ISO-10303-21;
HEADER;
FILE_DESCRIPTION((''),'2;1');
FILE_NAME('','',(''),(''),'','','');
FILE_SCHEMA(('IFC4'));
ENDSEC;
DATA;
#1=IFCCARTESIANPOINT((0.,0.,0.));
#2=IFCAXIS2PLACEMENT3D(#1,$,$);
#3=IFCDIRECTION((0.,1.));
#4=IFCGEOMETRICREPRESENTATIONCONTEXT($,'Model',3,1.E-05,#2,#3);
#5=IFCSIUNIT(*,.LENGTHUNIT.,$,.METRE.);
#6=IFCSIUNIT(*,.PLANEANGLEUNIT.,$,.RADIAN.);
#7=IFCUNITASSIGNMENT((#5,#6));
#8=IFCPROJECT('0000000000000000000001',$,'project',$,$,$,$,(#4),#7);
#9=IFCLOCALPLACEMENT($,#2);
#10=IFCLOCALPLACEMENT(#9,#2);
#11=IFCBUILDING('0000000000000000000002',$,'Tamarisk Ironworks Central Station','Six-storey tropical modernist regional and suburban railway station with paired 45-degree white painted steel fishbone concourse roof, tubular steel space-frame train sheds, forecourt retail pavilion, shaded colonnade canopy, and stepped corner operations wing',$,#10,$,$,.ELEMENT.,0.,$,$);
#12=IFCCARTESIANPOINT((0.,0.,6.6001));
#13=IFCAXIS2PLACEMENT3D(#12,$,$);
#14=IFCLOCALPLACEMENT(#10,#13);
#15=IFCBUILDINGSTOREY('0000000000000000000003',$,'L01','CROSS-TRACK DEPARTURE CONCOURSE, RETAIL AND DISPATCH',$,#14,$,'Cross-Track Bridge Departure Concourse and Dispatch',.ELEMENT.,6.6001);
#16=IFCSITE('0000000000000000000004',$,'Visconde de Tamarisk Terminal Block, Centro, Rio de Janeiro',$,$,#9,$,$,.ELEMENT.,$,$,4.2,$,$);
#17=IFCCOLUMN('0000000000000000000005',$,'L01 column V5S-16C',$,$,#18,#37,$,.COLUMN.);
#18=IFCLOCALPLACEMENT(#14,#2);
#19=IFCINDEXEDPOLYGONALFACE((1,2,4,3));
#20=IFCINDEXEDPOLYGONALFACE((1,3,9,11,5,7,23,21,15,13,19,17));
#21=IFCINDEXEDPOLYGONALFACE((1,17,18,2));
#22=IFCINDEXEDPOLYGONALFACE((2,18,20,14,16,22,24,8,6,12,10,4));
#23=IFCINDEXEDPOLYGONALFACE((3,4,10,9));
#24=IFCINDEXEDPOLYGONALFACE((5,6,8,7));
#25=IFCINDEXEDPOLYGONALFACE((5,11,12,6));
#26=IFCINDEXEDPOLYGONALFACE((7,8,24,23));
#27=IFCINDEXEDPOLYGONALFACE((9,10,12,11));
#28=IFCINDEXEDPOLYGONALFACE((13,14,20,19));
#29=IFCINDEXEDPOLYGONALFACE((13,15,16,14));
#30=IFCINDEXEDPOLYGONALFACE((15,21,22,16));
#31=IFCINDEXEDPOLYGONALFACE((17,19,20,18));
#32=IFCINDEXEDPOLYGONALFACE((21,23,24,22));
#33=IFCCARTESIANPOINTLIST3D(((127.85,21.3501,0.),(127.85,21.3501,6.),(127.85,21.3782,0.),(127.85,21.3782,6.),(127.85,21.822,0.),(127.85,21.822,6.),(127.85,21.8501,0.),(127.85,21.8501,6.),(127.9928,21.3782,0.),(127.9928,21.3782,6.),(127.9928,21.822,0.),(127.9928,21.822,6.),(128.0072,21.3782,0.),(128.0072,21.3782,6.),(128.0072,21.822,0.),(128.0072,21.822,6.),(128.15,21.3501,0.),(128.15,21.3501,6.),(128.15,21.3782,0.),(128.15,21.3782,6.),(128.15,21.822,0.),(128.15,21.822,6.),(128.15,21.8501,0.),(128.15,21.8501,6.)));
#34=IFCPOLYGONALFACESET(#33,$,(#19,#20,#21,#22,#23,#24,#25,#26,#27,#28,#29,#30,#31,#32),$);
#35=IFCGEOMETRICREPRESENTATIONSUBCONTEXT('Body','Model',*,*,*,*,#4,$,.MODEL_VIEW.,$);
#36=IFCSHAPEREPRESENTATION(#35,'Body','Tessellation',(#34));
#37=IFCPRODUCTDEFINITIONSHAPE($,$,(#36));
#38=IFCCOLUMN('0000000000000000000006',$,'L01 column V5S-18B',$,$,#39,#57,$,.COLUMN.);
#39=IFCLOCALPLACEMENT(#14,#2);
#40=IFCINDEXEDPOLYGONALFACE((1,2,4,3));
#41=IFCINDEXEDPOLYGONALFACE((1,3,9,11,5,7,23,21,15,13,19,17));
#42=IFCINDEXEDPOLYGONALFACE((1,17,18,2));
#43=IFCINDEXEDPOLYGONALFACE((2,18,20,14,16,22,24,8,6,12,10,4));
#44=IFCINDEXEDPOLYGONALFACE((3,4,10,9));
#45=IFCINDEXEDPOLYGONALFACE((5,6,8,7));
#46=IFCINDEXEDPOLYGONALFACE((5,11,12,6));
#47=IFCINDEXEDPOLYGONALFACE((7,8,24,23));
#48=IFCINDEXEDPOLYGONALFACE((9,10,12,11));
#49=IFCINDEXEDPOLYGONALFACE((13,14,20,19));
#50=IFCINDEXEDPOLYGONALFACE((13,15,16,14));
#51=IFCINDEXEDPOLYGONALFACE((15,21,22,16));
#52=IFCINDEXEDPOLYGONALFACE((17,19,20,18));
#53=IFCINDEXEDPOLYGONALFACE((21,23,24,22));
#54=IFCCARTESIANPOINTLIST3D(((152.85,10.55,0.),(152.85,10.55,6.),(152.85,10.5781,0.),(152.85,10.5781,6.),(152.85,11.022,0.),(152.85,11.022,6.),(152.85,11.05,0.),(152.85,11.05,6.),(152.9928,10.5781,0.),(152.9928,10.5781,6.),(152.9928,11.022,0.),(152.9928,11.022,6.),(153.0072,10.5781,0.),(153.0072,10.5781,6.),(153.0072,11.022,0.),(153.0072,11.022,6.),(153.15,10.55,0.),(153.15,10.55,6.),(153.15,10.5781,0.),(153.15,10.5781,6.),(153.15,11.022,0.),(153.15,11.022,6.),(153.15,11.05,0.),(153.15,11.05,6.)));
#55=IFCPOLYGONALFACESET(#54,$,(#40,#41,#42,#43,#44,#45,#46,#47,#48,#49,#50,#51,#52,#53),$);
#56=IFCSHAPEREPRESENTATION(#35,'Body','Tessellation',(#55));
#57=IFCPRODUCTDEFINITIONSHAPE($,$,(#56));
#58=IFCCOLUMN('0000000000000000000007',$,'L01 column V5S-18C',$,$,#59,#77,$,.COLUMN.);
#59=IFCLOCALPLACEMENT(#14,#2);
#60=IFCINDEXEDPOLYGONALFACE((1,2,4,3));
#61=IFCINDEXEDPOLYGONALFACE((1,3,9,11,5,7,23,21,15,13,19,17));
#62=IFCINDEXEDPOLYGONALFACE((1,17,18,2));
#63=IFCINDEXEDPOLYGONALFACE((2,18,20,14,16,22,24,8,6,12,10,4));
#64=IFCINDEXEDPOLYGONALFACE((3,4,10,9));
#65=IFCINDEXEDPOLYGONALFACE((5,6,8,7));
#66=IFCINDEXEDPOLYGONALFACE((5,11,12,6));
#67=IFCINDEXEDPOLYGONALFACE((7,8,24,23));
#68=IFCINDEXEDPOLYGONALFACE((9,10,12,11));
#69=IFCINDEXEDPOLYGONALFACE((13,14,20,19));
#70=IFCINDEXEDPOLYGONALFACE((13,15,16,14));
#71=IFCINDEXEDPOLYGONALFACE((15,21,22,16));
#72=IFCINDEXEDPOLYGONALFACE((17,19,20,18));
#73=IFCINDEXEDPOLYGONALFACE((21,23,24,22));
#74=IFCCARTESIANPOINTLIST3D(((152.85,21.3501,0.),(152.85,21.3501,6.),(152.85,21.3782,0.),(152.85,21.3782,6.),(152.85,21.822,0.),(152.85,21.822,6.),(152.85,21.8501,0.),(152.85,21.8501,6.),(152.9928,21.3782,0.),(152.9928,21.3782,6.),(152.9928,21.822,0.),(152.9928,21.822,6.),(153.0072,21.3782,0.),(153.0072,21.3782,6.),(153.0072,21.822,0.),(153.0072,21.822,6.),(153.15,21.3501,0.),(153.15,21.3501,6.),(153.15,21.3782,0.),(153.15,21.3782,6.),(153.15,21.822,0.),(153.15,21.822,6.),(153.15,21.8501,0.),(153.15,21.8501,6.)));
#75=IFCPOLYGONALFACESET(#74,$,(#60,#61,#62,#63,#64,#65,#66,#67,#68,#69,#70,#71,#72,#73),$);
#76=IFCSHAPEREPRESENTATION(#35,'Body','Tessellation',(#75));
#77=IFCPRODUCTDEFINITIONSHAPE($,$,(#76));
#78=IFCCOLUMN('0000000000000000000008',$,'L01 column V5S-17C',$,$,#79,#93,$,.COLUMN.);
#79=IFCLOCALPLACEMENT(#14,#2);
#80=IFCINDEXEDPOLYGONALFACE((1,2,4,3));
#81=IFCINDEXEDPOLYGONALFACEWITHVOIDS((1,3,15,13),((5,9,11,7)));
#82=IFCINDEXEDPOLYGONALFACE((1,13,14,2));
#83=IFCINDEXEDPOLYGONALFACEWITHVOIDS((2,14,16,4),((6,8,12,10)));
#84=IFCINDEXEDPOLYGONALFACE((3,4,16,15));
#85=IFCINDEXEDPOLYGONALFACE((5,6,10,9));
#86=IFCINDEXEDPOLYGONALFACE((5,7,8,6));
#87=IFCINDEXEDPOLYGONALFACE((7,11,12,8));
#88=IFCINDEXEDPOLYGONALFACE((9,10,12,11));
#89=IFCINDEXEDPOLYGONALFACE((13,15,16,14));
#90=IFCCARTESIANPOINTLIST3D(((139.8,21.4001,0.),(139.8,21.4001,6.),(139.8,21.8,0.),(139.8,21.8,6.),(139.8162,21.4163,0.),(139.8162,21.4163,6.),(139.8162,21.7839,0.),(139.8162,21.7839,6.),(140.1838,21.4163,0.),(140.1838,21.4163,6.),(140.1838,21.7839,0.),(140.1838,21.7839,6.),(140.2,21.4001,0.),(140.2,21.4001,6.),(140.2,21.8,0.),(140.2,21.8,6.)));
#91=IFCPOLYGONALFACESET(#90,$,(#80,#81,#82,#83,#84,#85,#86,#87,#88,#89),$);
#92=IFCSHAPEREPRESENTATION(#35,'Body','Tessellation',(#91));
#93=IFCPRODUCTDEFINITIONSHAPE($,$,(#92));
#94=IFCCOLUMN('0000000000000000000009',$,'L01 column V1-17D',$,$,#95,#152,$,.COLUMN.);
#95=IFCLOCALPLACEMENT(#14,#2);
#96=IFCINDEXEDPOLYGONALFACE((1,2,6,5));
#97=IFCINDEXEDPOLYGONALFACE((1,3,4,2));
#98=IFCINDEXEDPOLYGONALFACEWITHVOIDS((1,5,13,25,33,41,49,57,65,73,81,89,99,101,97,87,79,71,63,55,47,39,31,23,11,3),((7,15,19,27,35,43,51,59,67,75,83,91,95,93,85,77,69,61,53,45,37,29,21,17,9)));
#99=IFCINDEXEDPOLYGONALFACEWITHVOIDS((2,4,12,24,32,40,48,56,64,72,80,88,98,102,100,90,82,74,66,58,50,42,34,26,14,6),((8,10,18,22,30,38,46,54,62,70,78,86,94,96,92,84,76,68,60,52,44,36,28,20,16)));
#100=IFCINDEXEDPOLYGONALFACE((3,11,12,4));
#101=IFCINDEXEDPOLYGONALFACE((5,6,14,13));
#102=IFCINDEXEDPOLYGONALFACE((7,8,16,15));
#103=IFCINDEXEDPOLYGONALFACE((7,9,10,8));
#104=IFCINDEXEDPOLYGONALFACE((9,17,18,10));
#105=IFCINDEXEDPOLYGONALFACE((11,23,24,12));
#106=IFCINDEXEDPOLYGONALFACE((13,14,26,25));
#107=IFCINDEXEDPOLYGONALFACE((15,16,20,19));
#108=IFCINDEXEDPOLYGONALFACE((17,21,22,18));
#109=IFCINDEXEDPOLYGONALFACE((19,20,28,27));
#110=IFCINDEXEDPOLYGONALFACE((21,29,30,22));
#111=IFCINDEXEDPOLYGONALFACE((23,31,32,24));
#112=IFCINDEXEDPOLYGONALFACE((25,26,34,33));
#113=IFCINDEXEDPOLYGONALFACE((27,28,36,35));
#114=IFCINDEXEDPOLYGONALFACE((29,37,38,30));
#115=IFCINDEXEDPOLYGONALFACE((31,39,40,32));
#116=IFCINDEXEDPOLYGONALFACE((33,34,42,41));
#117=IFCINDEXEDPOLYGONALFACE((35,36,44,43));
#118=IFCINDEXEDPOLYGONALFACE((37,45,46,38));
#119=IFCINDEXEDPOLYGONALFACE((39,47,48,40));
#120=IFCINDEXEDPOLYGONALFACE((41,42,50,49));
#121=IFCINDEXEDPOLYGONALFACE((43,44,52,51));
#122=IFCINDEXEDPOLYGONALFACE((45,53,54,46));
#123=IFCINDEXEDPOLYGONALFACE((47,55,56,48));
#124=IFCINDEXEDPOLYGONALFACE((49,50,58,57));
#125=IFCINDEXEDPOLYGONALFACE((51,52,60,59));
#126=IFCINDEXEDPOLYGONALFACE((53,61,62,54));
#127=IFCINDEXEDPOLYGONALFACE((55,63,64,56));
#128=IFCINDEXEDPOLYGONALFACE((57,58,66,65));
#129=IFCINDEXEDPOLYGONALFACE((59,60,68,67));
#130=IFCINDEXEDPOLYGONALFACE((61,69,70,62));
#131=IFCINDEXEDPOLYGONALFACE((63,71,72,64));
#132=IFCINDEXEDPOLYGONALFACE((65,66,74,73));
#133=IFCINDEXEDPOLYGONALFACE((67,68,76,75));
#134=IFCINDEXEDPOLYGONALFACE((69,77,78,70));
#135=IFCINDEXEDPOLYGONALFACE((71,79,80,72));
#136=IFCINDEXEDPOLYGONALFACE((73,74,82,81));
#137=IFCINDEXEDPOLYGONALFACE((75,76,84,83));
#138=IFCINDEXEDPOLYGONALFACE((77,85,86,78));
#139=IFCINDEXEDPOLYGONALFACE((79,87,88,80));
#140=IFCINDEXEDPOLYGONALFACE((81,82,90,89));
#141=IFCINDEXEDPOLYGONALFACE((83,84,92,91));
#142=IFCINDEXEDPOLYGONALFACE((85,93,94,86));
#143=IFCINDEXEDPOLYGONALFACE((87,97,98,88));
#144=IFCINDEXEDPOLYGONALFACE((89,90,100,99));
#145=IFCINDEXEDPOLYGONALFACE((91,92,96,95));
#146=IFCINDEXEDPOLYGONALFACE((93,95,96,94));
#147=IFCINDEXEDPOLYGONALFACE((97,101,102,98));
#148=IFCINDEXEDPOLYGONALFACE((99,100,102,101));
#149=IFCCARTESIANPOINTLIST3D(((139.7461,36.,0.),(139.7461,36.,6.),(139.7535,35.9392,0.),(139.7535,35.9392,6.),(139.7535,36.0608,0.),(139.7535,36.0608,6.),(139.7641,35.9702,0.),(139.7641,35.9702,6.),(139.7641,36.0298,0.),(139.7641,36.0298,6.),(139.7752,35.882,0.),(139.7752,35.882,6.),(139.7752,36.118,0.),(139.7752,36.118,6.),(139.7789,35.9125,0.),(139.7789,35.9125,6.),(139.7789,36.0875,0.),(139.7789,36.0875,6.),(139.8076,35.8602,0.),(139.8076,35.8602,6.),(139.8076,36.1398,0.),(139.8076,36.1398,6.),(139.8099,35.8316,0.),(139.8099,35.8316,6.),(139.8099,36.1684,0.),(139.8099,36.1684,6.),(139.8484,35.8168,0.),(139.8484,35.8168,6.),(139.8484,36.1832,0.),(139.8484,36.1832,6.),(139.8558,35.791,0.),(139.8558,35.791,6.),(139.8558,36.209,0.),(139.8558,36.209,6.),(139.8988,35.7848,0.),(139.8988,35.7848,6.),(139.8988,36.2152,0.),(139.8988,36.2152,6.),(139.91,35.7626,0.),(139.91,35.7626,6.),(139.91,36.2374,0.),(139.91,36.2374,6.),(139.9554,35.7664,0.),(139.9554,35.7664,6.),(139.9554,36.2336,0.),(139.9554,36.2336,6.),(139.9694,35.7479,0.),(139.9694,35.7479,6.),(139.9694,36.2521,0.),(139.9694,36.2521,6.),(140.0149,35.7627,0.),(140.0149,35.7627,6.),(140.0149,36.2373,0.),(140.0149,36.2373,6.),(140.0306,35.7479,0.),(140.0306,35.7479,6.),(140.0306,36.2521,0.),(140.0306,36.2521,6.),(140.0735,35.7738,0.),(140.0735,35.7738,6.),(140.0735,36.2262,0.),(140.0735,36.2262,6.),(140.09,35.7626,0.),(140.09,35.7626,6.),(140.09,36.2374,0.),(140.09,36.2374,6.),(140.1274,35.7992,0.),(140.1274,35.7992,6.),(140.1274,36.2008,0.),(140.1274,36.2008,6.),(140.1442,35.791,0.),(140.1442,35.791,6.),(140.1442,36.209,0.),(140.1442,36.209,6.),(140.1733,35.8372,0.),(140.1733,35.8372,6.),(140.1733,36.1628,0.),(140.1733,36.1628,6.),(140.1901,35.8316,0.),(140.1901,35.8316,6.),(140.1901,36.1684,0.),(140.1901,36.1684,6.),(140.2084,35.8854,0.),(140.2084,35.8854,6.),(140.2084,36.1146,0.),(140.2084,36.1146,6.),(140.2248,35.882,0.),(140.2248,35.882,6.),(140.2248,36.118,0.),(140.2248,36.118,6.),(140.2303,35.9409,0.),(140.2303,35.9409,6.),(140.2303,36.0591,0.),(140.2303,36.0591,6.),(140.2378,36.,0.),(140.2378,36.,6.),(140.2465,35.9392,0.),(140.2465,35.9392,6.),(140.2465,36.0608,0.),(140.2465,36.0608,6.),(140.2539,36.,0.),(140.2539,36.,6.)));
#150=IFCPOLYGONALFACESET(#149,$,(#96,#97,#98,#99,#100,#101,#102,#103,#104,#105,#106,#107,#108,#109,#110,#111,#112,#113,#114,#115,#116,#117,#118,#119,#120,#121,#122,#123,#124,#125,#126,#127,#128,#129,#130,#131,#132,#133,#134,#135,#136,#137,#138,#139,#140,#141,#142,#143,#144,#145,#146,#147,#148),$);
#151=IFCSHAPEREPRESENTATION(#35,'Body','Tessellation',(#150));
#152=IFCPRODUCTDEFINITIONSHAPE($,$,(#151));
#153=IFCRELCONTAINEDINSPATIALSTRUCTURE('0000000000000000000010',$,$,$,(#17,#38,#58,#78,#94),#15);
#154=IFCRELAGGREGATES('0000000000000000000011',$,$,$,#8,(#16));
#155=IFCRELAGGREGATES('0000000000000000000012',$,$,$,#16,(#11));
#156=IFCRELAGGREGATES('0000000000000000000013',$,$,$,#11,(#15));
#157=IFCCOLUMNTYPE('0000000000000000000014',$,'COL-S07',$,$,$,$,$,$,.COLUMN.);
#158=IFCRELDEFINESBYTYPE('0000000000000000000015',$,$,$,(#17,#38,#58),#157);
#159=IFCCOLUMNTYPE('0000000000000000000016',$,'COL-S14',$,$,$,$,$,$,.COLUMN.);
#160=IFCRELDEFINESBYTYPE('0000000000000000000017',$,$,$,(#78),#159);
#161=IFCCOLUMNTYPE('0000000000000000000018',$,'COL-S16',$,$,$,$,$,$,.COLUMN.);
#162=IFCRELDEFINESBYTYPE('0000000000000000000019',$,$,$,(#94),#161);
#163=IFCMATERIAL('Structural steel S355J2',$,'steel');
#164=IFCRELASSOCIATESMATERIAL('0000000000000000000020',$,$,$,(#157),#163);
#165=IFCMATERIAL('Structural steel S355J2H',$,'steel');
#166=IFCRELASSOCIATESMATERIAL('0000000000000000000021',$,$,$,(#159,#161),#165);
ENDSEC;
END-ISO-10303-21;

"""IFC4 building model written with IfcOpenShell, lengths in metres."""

from ifc_helpers import new_model, si_unit, direction, frame, origin, origin_2d, place, context, subcontext, project, spatial, hollow_rectangle, hollow_circle, i_section, extrude, material, material_profile, profile_set, type_object, element, save


model = new_model("IFC4")

# Units and contexts
model_context = context("Model", 3, precision=1e-05, world=origin(), true_north=direction((0.0, 1.0)))
body_context = subcontext(model_context, "Body", "Model", "MODEL_VIEW")
ifc_project = project(units=[si_unit("LENGTHUNIT", "METRE"), si_unit("PLANEANGLEUNIT", "RADIAN")], contexts=[model_context])

# Site, building, storey
site_placement = place(None, origin())
site = spatial("IfcSite", under=ifc_project, at=site_placement, Name="Visconde de Tamarisk Terminal Block, Centro, Rio de Janeiro", CompositionType="ELEMENT", RefElevation=4.2)
building_placement = place(site_placement, origin())
building = spatial("IfcBuilding", under=site, at=building_placement, Name="Tamarisk Ironworks Central Station", Description="Six-storey tropical modernist regional and suburban railway station with paired 45-degree white painted steel fishbone concourse roof, tubular steel space-frame train sheds, forecourt retail pavilion, shaded colonnade canopy, and stepped corner operations wing", CompositionType="ELEMENT", ElevationOfRefHeight=0.0)
storey_placement = place(building_placement, frame((0.0, 0.0, 6.6001)))
storey = spatial("IfcBuildingStorey", under=building, at=storey_placement, Name="L01", Description="CROSS-TRACK DEPARTURE CONCOURSE, RETAIL AND DISPATCH", LongName="Cross-Track Bridge Departure Concourse and Dispatch", CompositionType="ELEMENT", Elevation=6.6001)

# Columns
ifc_material_1 = material(Name="Structural steel S355J2", Category="steel")
ifc_material_profile_1 = material_profile(ifc_material_1, i_section(OverallWidth=0.3, OverallDepth=0.5, WebThickness=0.0144, FlangeThickness=0.0281, at=origin_2d()), Name="HEB 500")
ifc_profile_set_1 = profile_set([ifc_material_profile_1], Name="Structural steel S355J2")
column_type_1 = type_object("IfcColumnType", Name="COL-S07", PredefinedType="COLUMN", material=ifc_profile_set_1)
for number, where, z_axis, x_axis, name in (
    (1, (128.0, 21.6001, 0.0), (0.0, 0.0, 1.0), (1.0, 0.0, 0.0), "L01 column V5S-16C"),
    (2, (153.0, 10.8, 0.0), (0.0, 0.0, 1.0), (1.0, 0.0, 0.0), "L01 column V5S-18B"),
    (3, (153.0, 21.6001, 0.0), (0.0, 0.0, 1.0), (1.0, 0.0, 0.0), "L01 column V5S-18C"),
):
    element("IfcColumn", number, at=place(storey_placement, frame(where, z_axis=z_axis, x_axis=x_axis)), inside=storey, type_object=column_type_1, Name=name, PredefinedType="COLUMN", context=body_context, shape_type="SweptSolid", body=[
        extrude(i_section(OverallWidth=0.3, OverallDepth=0.5, WebThickness=0.0144, FlangeThickness=0.0281, at=origin_2d()), origin(), (0.0, 0.0, 1.0), 6.0),
    ])
ifc_material_2 = material(Name="Structural steel S355J2H", Category="steel")
ifc_material_profile_2 = material_profile(ifc_material_2, hollow_rectangle(XDim=0.3999, YDim=0.3999, WallThickness=0.0161, at=origin_2d()), Name="SHS 400x400x16")
ifc_profile_set_2 = profile_set([ifc_material_profile_2], Name="Structural steel S355J2H")
column_type_2 = type_object("IfcColumnType", Name="COL-S14", PredefinedType="COLUMN", material=ifc_profile_set_2)
column_1_placement = place(storey_placement, frame((140.0, 21.6001, 0.0), z_axis=(0.0, 0.0, 1.0), x_axis=(1.0, 0.0, 0.0)))
element("IfcColumn", 4, at=column_1_placement, inside=storey, type_object=column_type_2, Name="L01 column V5S-17C", PredefinedType="COLUMN", context=body_context, shape_type="SweptSolid", body=[
    extrude(hollow_rectangle(XDim=0.3999, YDim=0.3999, WallThickness=0.0161, at=origin_2d()), origin(), (0.0, 0.0, 1.0), 6.0),
])
ifc_material_profile_3 = material_profile(ifc_material_2, hollow_circle(Radius=0.2539, WallThickness=0.0161, at=origin_2d()), Name="CHS 508x16")
ifc_profile_set_3 = profile_set([ifc_material_profile_3], Name="Structural steel S355J2H")
column_type_3 = type_object("IfcColumnType", Name="COL-S16", PredefinedType="COLUMN", material=ifc_profile_set_3)
column_2_placement = place(storey_placement, frame((140.0, 36.0, 0.0), z_axis=(0.0, 0.0, 1.0), x_axis=(1.0, 0.0, 0.0)))
element("IfcColumn", 5, at=column_2_placement, inside=storey, type_object=column_type_3, Name="L01 column V1-17D", PredefinedType="COLUMN", context=body_context, shape_type="SweptSolid", body=[
    extrude(hollow_circle(Radius=0.2539, WallThickness=0.0161, at=origin_2d()), origin(), (0.0, 0.0, 1.0), 6.0),
])

save(model, "model.ifc")
